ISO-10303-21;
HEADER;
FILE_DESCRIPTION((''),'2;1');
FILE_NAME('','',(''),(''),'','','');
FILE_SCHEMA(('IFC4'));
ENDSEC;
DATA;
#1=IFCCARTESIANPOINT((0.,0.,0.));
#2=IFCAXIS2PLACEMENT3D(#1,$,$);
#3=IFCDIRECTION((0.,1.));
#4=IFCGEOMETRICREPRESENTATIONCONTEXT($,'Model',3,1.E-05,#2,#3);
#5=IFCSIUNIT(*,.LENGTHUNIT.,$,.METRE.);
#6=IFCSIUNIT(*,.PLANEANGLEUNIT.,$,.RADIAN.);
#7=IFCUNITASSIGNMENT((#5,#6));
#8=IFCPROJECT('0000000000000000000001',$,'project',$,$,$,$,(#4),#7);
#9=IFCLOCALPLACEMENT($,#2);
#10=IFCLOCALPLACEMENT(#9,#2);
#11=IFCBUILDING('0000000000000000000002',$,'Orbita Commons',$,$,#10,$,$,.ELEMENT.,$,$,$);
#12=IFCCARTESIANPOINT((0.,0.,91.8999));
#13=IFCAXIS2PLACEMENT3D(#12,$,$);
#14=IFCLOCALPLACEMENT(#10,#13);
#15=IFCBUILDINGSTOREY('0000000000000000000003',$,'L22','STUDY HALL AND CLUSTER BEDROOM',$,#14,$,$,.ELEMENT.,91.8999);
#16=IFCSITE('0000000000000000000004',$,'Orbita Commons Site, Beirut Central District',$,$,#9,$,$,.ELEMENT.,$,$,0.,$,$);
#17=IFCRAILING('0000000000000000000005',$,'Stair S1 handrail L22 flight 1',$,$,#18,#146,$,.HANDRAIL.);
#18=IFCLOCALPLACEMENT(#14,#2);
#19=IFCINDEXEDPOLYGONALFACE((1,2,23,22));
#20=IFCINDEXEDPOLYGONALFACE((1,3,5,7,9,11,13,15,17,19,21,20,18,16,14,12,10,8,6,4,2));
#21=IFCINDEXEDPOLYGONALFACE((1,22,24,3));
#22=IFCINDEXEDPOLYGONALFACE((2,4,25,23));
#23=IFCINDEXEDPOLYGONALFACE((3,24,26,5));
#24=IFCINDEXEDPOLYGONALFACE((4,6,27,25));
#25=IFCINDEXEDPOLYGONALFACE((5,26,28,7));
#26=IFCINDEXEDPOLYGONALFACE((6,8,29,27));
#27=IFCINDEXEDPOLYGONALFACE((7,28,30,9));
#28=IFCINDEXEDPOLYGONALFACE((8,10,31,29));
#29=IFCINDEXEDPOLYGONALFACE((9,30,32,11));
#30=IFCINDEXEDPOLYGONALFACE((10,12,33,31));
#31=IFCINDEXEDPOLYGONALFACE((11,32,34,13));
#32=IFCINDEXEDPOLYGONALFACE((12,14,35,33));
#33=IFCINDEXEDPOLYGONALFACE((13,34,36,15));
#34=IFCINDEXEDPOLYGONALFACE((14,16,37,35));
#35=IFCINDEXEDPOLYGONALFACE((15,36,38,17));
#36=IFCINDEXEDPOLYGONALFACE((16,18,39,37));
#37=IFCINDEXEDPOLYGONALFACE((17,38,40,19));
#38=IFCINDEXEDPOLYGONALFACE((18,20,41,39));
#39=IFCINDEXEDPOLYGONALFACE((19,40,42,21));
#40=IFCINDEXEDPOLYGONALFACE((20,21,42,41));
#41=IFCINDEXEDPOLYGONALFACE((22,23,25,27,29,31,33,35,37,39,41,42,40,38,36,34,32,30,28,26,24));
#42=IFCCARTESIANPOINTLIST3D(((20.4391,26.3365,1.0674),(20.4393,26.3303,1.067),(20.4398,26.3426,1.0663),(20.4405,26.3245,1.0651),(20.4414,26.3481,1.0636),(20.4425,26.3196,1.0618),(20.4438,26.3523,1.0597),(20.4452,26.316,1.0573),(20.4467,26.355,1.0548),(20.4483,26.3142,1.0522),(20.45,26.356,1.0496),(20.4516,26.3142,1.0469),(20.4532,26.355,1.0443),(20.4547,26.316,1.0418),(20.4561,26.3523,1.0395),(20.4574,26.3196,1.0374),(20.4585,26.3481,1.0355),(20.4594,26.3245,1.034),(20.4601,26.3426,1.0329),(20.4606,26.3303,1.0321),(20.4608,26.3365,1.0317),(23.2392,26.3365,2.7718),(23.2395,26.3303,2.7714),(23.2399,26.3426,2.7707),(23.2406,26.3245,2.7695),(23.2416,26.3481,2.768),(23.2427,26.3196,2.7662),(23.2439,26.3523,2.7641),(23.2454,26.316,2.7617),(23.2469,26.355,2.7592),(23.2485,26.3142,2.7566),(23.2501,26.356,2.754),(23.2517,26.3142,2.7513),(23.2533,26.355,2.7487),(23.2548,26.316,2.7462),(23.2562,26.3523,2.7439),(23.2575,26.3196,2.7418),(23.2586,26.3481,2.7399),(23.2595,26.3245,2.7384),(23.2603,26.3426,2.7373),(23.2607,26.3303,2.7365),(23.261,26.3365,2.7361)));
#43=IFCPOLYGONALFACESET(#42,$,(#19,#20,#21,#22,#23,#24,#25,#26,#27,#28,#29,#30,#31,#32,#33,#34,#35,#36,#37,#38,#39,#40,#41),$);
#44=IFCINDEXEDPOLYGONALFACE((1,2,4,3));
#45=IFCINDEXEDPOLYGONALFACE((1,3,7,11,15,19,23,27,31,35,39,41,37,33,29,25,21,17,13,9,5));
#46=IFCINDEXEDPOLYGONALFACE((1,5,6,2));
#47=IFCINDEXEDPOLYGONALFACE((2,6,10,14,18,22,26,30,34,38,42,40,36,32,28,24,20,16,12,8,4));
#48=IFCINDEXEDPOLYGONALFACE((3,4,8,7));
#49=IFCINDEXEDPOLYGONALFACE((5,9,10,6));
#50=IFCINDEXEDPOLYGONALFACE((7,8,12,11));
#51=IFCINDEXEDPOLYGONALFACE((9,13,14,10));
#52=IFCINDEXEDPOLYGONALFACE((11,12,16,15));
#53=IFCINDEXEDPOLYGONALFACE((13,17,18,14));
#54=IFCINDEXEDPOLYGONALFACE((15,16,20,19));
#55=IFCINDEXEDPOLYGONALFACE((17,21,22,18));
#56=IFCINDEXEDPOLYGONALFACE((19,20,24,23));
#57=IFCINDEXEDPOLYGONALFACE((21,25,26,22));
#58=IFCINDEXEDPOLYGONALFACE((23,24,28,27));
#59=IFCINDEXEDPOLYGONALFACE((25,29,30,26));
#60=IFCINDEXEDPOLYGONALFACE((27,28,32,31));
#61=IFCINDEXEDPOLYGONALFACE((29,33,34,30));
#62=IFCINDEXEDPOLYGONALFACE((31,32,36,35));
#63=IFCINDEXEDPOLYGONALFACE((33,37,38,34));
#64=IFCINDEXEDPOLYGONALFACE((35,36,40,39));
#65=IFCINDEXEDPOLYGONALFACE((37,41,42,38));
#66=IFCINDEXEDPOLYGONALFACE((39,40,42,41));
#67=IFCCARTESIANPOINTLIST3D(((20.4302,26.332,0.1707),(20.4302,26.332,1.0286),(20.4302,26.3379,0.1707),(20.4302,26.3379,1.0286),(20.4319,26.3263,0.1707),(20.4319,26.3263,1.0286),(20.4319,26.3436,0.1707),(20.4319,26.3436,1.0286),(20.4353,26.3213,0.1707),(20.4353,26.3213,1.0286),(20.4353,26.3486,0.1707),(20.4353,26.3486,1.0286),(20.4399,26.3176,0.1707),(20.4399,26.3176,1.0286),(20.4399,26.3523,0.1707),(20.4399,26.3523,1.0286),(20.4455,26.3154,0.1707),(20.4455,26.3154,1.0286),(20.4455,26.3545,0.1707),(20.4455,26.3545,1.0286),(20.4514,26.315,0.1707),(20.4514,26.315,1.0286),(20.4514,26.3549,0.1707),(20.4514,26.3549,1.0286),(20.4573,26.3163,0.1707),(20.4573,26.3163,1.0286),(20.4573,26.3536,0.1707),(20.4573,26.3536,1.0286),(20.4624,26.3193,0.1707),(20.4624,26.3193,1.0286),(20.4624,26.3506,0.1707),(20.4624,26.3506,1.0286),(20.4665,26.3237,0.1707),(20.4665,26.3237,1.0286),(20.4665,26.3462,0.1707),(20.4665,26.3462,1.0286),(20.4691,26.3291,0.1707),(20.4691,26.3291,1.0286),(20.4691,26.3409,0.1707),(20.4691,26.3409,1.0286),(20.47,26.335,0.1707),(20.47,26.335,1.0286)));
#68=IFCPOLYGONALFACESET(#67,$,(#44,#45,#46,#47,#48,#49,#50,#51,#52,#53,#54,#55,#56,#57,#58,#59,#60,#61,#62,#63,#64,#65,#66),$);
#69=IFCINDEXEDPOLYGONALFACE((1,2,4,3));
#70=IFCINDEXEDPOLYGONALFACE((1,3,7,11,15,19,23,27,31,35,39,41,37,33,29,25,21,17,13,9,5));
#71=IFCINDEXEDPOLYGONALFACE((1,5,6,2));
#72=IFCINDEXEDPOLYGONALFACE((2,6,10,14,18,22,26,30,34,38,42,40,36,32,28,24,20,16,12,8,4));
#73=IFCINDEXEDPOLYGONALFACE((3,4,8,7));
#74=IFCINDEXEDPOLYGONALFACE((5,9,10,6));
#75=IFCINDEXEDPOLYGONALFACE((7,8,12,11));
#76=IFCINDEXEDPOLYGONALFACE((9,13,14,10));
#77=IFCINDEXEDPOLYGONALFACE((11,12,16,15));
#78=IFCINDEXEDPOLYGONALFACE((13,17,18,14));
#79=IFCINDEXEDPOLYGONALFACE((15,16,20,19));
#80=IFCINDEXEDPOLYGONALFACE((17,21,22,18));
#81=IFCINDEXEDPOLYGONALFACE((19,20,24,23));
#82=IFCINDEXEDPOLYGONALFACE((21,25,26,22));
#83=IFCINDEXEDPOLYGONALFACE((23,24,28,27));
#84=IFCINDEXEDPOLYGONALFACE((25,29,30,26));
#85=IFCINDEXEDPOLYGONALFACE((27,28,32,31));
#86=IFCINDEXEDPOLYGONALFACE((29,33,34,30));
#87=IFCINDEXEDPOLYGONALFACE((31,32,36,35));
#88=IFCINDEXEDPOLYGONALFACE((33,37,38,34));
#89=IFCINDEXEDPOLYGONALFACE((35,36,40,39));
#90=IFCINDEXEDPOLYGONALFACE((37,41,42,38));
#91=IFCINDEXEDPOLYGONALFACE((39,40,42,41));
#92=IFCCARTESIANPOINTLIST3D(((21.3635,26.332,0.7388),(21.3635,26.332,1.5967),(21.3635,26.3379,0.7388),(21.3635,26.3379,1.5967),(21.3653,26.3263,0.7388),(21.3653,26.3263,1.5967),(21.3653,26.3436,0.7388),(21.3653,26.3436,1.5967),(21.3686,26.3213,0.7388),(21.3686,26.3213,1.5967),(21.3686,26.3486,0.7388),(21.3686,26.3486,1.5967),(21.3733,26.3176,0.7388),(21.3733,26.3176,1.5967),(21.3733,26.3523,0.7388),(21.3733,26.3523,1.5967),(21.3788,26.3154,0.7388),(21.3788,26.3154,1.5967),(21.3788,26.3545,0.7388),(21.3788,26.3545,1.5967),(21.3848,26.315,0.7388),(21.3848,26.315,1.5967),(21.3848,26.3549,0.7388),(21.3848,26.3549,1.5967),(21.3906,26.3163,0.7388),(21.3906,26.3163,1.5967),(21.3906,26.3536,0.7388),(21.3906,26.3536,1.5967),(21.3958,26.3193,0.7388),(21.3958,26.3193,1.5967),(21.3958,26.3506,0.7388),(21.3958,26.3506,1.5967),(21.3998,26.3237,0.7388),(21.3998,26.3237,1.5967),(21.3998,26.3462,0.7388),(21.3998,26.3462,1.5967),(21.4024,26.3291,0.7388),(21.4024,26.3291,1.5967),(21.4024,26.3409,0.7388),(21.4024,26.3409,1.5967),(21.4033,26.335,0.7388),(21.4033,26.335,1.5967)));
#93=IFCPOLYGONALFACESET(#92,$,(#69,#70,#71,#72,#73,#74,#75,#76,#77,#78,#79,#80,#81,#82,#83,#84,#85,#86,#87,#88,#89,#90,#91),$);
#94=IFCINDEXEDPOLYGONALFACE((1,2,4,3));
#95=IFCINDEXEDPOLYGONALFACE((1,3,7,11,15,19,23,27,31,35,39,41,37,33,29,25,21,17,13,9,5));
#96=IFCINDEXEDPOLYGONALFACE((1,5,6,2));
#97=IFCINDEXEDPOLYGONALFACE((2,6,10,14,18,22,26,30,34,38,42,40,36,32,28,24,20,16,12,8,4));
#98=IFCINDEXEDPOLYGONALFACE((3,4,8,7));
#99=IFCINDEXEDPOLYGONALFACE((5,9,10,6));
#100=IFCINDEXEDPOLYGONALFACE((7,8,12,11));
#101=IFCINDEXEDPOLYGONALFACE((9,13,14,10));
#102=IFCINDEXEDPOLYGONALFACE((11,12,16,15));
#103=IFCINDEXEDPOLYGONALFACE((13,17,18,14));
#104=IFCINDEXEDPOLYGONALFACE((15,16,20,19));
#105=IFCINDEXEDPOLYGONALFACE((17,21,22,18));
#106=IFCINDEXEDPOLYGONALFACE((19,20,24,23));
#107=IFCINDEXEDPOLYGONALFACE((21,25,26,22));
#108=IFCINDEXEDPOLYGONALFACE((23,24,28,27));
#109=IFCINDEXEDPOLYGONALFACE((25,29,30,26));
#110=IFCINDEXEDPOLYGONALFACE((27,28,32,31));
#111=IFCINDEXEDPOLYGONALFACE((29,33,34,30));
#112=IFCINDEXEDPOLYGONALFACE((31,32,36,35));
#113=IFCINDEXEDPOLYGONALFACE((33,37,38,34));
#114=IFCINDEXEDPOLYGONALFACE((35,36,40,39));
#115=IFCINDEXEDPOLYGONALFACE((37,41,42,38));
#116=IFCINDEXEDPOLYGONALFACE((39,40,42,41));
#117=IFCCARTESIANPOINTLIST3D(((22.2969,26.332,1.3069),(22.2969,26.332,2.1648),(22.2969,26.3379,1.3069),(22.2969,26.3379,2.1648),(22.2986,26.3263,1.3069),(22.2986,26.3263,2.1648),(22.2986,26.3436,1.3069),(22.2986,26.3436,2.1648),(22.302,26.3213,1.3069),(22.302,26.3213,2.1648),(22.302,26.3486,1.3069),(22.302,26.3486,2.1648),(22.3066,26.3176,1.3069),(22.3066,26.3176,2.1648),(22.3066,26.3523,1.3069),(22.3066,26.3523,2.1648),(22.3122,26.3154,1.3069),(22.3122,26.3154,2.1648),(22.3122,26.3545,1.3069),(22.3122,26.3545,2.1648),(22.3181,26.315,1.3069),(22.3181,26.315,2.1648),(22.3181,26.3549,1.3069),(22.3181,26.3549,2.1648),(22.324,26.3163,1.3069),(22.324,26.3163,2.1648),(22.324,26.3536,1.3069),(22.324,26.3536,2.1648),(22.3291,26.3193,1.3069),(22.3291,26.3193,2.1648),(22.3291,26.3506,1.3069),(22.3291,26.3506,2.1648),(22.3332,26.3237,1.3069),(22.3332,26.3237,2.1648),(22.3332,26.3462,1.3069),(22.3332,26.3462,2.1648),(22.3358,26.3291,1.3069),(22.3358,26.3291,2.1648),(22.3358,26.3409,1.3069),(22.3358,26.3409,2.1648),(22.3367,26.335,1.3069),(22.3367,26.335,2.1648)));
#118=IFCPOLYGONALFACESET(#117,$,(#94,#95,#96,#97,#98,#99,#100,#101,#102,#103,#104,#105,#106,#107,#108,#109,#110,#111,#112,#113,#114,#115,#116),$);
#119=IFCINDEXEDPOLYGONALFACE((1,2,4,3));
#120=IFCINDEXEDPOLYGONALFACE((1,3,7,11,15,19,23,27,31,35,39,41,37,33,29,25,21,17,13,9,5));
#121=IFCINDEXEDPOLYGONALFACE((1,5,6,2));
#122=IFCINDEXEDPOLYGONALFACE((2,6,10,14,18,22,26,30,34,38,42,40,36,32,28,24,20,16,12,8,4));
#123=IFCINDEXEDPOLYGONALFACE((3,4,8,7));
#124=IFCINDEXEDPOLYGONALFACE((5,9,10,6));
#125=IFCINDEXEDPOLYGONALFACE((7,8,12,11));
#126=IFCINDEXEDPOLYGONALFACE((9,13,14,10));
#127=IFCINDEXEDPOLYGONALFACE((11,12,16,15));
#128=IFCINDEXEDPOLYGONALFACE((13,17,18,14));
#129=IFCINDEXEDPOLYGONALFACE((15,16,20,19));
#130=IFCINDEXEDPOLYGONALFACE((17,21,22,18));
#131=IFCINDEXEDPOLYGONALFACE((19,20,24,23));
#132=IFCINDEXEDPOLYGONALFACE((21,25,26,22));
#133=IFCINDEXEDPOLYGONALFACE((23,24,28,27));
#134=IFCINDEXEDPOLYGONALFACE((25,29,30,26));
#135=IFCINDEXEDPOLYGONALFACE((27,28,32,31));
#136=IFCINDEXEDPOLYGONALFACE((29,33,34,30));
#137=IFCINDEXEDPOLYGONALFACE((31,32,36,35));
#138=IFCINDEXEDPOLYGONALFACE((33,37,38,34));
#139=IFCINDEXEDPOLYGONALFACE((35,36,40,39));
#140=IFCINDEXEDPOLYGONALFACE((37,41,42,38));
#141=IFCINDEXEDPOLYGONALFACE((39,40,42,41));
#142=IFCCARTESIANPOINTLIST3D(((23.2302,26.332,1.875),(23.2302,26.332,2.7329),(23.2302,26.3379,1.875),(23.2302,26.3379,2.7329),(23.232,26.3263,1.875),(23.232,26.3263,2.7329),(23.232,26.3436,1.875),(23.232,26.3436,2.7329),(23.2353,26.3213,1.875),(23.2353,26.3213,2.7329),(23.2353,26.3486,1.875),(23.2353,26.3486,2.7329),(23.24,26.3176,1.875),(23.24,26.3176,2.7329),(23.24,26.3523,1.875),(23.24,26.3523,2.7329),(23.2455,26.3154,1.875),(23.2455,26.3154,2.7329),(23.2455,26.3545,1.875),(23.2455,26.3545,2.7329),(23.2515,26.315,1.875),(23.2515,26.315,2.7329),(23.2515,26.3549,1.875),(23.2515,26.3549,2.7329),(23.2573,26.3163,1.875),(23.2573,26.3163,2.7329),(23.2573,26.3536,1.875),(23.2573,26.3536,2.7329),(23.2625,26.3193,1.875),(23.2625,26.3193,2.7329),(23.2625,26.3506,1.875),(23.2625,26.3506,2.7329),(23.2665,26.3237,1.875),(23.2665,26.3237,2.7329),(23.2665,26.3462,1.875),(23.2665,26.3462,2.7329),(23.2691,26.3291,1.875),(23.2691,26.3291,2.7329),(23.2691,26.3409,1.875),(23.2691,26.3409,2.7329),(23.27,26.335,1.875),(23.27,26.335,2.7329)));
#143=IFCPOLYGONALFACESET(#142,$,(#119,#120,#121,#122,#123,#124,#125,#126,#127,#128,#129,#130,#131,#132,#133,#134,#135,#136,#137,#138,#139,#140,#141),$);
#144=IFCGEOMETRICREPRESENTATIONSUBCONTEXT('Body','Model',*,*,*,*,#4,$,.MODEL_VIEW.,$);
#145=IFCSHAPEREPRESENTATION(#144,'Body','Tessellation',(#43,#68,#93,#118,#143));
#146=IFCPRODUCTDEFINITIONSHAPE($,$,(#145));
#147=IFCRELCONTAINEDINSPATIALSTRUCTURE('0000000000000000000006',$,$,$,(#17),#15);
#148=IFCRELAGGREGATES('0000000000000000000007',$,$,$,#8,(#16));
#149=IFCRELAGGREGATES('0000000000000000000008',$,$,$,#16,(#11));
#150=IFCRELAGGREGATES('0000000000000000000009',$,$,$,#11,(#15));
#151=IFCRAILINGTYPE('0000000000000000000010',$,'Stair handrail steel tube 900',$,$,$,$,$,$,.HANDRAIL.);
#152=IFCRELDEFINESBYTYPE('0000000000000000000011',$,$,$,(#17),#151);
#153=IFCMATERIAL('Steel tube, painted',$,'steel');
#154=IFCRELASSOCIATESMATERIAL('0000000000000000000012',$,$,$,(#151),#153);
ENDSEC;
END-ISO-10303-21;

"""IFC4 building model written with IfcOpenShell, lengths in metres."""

from ifc_helpers import new_model, si_unit, direction, frame, origin, origin_2d, place, context, subcontext, project, spatial, circle, extrude, material, type_object, element, save


model = new_model("IFC4")

# Units and contexts
model_context = context("Model", 3, precision=1e-05, world=origin(), true_north=direction((0.0, 1.0)))
body_context = subcontext(model_context, "Body", "Model", "MODEL_VIEW")
ifc_project = project(units=[si_unit("LENGTHUNIT", "METRE"), si_unit("PLANEANGLEUNIT", "RADIAN")], contexts=[model_context])

# Site, building, storey
site_placement = place(None, origin())
site = spatial("IfcSite", under=ifc_project, at=site_placement, Name="Orbita Commons Site, Beirut Central District", CompositionType="ELEMENT", RefElevation=0.0)
building_placement = place(site_placement, origin())
building = spatial("IfcBuilding", under=site, at=building_placement, Name="Orbita Commons", CompositionType="ELEMENT")
storey_placement = place(building_placement, frame((0.0, 0.0, 91.8999)))
storey = spatial("IfcBuildingStorey", under=building, at=storey_placement, Name="L22", Description="STUDY HALL AND CLUSTER BEDROOM", CompositionType="ELEMENT", Elevation=91.8999)

# Railing
ifc_material_1 = material(Name="Steel tube, painted", Category="steel")
railing_type = type_object("IfcRailingType", Name="Stair handrail steel tube 900", PredefinedType="HANDRAIL", material=ifc_material_1)
railing_placement = place(storey_placement, frame((20.45, 26.335, 0.1707)))
element("IfcRailing", 1, at=railing_placement, inside=storey, type_object=railing_type, Name="Stair S1 handrail L22 flight 1", PredefinedType="HANDRAIL", context=body_context, shape_type="SweptSolid", body=[
    extrude(circle(Radius=0.021, at=origin_2d()), frame((0.0, 0.0, 0.8789), z_axis=(0.854203, 0.0, 0.51994), x_axis=(0.0, 1.0, 0.0)), (0.0, 0.0, 1.0), 3.2781),
    extrude(circle(Radius=0.02, at=origin_2d()), origin(), (0.0, 0.0, 1.0), 0.8579),
    extrude(circle(Radius=0.02, at=origin_2d()), frame((0.9333, 0.0, 0.5681)), (0.0, 0.0, 1.0), 0.8579),
    extrude(circle(Radius=0.02, at=origin_2d()), frame((1.8667, 0.0, 1.1362)), (0.0, 0.0, 1.0), 0.8579),
    extrude(circle(Radius=0.02, at=origin_2d()), frame((2.8, 0.0, 1.7043)), (0.0, 0.0, 1.0), 0.8579),
])

save(model, "model.ifc")
